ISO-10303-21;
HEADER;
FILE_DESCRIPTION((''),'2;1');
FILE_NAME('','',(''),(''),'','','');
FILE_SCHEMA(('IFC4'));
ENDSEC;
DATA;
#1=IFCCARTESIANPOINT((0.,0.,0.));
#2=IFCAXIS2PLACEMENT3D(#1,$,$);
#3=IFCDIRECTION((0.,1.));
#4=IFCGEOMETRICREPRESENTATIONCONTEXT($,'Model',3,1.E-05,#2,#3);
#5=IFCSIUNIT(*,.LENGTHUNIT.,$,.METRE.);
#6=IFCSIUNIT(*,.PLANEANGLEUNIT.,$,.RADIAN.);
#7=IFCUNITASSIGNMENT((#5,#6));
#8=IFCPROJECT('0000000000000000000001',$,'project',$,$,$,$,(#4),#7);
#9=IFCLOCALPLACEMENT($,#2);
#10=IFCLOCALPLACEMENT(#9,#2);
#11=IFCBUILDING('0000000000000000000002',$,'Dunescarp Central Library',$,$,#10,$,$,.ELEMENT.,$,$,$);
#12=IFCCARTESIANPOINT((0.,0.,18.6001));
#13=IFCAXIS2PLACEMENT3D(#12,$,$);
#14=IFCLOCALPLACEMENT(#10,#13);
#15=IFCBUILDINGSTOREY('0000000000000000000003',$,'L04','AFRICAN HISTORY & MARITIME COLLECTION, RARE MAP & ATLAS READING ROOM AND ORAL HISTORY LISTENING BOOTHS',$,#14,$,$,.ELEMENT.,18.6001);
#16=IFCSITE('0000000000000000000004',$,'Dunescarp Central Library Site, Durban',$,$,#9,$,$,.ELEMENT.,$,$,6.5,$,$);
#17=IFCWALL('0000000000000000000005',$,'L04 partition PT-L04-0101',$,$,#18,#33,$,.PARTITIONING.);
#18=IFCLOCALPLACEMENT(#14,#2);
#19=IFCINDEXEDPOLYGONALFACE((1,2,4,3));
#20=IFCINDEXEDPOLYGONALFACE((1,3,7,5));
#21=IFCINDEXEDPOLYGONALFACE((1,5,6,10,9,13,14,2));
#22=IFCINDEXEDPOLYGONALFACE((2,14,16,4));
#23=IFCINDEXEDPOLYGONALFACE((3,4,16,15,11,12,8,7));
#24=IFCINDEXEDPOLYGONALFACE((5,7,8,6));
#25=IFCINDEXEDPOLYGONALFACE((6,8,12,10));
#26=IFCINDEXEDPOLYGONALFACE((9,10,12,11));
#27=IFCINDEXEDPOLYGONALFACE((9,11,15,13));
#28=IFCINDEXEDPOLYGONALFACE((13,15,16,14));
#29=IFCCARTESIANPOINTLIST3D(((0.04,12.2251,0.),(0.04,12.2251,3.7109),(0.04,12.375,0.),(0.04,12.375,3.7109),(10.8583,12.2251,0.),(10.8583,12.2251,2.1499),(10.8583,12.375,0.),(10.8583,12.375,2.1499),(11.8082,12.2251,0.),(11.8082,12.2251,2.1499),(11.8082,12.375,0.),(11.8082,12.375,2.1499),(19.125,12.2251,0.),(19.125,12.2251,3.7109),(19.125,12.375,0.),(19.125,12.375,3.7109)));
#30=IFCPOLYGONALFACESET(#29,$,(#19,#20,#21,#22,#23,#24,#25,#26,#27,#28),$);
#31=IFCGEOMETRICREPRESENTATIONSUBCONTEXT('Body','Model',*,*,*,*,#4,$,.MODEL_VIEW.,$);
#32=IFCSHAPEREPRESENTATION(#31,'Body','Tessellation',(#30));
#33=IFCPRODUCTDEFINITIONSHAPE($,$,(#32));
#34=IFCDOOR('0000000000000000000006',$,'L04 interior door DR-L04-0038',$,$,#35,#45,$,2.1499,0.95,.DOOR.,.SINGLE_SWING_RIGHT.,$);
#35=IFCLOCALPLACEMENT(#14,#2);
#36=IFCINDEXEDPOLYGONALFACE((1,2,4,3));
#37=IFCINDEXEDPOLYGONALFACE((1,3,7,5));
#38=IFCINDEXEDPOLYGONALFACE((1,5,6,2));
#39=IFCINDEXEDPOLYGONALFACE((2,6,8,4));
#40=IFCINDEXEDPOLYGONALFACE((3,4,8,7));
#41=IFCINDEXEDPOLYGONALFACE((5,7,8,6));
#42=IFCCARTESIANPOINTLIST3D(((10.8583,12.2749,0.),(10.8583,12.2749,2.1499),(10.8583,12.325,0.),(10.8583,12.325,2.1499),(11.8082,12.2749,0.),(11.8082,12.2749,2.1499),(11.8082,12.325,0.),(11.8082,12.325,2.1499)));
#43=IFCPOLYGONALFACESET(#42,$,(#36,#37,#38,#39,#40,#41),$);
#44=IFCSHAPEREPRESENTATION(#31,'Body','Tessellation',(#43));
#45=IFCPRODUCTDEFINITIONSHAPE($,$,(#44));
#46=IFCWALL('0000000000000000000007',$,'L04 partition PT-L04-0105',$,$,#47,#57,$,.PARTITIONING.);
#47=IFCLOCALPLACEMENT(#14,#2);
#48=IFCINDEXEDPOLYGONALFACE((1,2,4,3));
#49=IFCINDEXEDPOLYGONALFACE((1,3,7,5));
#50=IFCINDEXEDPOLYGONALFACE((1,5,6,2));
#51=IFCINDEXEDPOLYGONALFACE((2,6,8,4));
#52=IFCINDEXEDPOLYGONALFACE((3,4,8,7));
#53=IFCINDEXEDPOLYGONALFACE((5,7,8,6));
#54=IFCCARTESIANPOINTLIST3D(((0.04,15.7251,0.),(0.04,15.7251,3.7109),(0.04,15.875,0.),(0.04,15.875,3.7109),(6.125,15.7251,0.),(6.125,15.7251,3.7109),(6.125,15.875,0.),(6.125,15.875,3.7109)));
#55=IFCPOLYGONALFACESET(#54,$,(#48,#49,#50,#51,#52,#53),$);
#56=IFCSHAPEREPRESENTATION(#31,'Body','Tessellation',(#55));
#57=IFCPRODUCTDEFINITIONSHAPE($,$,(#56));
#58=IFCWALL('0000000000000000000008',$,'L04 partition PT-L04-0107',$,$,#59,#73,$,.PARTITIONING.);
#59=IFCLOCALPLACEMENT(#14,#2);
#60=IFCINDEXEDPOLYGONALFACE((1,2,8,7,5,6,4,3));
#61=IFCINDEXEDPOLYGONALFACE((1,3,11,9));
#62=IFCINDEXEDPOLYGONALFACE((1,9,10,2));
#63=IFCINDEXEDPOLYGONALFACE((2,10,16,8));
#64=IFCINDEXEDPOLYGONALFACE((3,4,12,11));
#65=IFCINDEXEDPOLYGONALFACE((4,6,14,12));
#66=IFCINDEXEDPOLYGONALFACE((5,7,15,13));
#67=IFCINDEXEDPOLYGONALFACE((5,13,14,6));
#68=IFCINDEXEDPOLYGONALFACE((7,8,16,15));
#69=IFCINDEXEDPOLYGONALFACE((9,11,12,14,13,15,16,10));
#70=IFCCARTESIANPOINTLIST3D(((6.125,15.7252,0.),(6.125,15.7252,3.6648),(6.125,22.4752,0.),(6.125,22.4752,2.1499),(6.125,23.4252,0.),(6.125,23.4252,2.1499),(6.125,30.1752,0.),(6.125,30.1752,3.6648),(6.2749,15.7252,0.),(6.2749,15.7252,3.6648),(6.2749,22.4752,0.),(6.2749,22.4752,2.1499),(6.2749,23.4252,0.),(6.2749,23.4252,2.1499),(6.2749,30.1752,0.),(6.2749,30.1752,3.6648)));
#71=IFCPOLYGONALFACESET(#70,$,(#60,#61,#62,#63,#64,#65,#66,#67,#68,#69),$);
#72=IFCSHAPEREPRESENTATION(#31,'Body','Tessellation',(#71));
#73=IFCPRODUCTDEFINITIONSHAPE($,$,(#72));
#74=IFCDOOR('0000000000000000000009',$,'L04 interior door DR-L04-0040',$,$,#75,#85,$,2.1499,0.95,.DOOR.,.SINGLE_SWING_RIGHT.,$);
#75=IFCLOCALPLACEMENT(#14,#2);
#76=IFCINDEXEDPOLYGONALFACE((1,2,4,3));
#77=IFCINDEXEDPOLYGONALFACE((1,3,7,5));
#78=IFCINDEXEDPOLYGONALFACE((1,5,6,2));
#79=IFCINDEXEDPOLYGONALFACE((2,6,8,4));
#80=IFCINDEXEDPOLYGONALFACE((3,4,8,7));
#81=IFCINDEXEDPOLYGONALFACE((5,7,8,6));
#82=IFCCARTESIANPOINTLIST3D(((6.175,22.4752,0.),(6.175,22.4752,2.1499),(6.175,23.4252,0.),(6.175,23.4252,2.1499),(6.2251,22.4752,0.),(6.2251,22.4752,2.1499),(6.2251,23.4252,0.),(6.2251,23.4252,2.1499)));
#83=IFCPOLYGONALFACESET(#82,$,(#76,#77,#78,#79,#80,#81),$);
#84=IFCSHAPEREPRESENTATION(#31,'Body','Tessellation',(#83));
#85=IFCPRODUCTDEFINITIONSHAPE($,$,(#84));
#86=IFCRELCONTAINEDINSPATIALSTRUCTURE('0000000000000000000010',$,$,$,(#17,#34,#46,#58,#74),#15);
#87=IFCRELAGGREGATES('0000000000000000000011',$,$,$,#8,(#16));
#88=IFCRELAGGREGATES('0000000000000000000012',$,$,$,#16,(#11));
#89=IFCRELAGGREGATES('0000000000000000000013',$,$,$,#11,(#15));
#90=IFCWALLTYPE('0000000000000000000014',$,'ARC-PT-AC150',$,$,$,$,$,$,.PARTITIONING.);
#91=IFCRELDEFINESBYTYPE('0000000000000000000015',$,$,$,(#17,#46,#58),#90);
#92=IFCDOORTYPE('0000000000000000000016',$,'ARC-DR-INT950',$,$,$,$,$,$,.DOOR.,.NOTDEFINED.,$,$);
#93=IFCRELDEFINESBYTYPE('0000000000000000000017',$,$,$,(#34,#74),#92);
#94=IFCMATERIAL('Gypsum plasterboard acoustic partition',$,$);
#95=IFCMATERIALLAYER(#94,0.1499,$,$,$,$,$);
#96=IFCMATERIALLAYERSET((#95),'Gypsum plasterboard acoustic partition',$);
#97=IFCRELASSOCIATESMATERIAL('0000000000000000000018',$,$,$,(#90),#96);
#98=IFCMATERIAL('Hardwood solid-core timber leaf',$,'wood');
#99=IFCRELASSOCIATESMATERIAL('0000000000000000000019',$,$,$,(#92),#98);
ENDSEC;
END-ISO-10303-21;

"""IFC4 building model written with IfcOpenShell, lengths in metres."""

from ifc_helpers import new_model, si_unit, direction, frame, frame_2d, origin, place, context, subcontext, project, spatial, rectangle, extrude, material, layer, layer_set, type_object, element, fill, save


model = new_model("IFC4")

# Units and contexts
model_context = context("Model", 3, precision=1e-05, world=origin(), true_north=direction((0.0, 1.0)))
body_context = subcontext(model_context, "Body", "Model", "MODEL_VIEW")
ifc_project = project(units=[si_unit("LENGTHUNIT", "METRE"), si_unit("PLANEANGLEUNIT", "RADIAN")], contexts=[model_context])

# Site, building, storey
site_placement = place(None, origin())
site = spatial("IfcSite", under=ifc_project, at=site_placement, Name="Dunescarp Central Library Site, Durban", CompositionType="ELEMENT", RefElevation=6.5)
building_placement = place(site_placement, origin())
building = spatial("IfcBuilding", under=site, at=building_placement, Name="Dunescarp Central Library", CompositionType="ELEMENT")
storey_placement = place(building_placement, frame((0.0, 0.0, 18.6001)))
storey = spatial("IfcBuildingStorey", under=building, at=storey_placement, Name="L04", Description="AFRICAN HISTORY & MARITIME COLLECTION, RARE MAP & ATLAS READING ROOM AND ORAL HISTORY LISTENING BOOTHS", CompositionType="ELEMENT", Elevation=18.6001)

# Wall, opening, door
ifc_material_1 = material(Name="Gypsum plasterboard acoustic partition")
ifc_layer_1 = layer(ifc_material_1, 0.1499)
ifc_layer_set_1 = layer_set([ifc_layer_1], Name="Gypsum plasterboard acoustic partition")
wall_type = type_object("IfcWallType", Name="ARC-PT-AC150", PredefinedType="PARTITIONING", material=ifc_layer_set_1)
wall_1_placement = place(storey_placement, frame((0.04, 12.3, 0.0), z_axis=(0.0, 0.0, 1.0), x_axis=(1.0, 0.0, 0.0)))
wall_1 = element("IfcWall", 1, at=wall_1_placement, inside=storey, type_object=wall_type, Name="L04 partition PT-L04-0101", PredefinedType="PARTITIONING", context=body_context, shape_type="SweptSolid", body=[
    extrude(rectangle(XDim=19.085, YDim=0.1499, at=frame_2d((9.5425, 0.0))), origin(), (0.0, 0.0, 1.0), 3.7109),
])
opening_1_placement = place(wall_1_placement, frame((10.8181, 0.0, 0.0)))
opening_1 = element("IfcOpeningElement", 2, at=opening_1_placement, cuts=wall_1, PredefinedType="OPENING", context=body_context, shape_type="SweptSolid", body=[
    extrude(rectangle(XDim=0.95, YDim=2.1499, at=frame_2d((0.4751, 1.075))), frame((0.0, 0.085, 0.0), z_axis=(0.0, -1.0, 0.0), x_axis=(1.0, 0.0, 0.0)), (0.0, 0.0, 1.0), 0.1699),
])
ifc_material_2 = material(Name="Hardwood solid-core timber leaf", Category="wood")
door_type = type_object("IfcDoorType", Name="ARC-DR-INT950", OperationType="NOTDEFINED", PredefinedType="DOOR", material=ifc_material_2)
door_1_placement = place(opening_1_placement, origin())
door_1 = element("IfcDoor", 3, at=door_1_placement, inside=storey, type_object=door_type, Name="L04 interior door DR-L04-0038", OperationType="SINGLE_SWING_RIGHT", OverallHeight=2.1499, OverallWidth=0.95, PredefinedType="DOOR", context=body_context, shape_type="SweptSolid", body=[
    extrude(rectangle(XDim=0.95, YDim=2.1499, at=frame_2d((0.4751, 1.075))), frame((0.0, 0.0249, 0.0), z_axis=(0.0, -1.0, 0.0), x_axis=(1.0, 0.0, 0.0)), (0.0, 0.0, 1.0), 0.05),
])
fill(opening_1, door_1)

# Wall
wall_2_placement = place(storey_placement, frame((0.04, 15.8, 0.0), z_axis=(0.0, 0.0, 1.0), x_axis=(1.0, 0.0, 0.0)))
element("IfcWall", 4, at=wall_2_placement, inside=storey, type_object=wall_type, Name="L04 partition PT-L04-0105", PredefinedType="PARTITIONING", context=body_context, shape_type="SweptSolid", body=[
    extrude(rectangle(XDim=6.085, YDim=0.1499, at=frame_2d((3.0425, 0.0))), origin(), (0.0, 0.0, 1.0), 3.7109),
])

# Wall, opening, door
wall_3_placement = place(storey_placement, frame((6.2, 15.7251, 0.0), z_axis=(0.0, 0.0, 1.0), x_axis=(0.0, 1.0, 0.0)))
wall_3 = element("IfcWall", 5, at=wall_3_placement, inside=storey, type_object=wall_type, Name="L04 partition PT-L04-0107", PredefinedType="PARTITIONING", context=body_context, shape_type="SweptSolid", body=[
    extrude(rectangle(XDim=14.45, YDim=0.1499, at=frame_2d((7.2251, 0.0))), origin(), (0.0, 0.0, 1.0), 3.6648),
])
opening_2_placement = place(wall_3_placement, frame((6.75, 0.0, 0.0)))
opening_2 = element("IfcOpeningElement", 6, at=opening_2_placement, cuts=wall_3, PredefinedType="OPENING", context=body_context, shape_type="SweptSolid", body=[
    extrude(rectangle(XDim=0.95, YDim=2.1499, at=frame_2d((0.4751, 1.075))), frame((0.0, 0.085, 0.0), z_axis=(0.0, -1.0, 0.0), x_axis=(1.0, 0.0, 0.0)), (0.0, 0.0, 1.0), 0.1699),
])
door_2_placement = place(opening_2_placement, origin())
door_2 = element("IfcDoor", 7, at=door_2_placement, inside=storey, type_object=door_type, Name="L04 interior door DR-L04-0040", OperationType="SINGLE_SWING_RIGHT", OverallHeight=2.1499, OverallWidth=0.95, PredefinedType="DOOR", context=body_context, shape_type="SweptSolid", body=[
    extrude(rectangle(XDim=0.95, YDim=2.1499, at=frame_2d((0.4751, 1.075))), frame((0.0, 0.0249, 0.0), z_axis=(0.0, -1.0, 0.0), x_axis=(1.0, 0.0, 0.0)), (0.0, 0.0, 1.0), 0.05),
])
fill(opening_2, door_2)

save(model, "model.ifc")
